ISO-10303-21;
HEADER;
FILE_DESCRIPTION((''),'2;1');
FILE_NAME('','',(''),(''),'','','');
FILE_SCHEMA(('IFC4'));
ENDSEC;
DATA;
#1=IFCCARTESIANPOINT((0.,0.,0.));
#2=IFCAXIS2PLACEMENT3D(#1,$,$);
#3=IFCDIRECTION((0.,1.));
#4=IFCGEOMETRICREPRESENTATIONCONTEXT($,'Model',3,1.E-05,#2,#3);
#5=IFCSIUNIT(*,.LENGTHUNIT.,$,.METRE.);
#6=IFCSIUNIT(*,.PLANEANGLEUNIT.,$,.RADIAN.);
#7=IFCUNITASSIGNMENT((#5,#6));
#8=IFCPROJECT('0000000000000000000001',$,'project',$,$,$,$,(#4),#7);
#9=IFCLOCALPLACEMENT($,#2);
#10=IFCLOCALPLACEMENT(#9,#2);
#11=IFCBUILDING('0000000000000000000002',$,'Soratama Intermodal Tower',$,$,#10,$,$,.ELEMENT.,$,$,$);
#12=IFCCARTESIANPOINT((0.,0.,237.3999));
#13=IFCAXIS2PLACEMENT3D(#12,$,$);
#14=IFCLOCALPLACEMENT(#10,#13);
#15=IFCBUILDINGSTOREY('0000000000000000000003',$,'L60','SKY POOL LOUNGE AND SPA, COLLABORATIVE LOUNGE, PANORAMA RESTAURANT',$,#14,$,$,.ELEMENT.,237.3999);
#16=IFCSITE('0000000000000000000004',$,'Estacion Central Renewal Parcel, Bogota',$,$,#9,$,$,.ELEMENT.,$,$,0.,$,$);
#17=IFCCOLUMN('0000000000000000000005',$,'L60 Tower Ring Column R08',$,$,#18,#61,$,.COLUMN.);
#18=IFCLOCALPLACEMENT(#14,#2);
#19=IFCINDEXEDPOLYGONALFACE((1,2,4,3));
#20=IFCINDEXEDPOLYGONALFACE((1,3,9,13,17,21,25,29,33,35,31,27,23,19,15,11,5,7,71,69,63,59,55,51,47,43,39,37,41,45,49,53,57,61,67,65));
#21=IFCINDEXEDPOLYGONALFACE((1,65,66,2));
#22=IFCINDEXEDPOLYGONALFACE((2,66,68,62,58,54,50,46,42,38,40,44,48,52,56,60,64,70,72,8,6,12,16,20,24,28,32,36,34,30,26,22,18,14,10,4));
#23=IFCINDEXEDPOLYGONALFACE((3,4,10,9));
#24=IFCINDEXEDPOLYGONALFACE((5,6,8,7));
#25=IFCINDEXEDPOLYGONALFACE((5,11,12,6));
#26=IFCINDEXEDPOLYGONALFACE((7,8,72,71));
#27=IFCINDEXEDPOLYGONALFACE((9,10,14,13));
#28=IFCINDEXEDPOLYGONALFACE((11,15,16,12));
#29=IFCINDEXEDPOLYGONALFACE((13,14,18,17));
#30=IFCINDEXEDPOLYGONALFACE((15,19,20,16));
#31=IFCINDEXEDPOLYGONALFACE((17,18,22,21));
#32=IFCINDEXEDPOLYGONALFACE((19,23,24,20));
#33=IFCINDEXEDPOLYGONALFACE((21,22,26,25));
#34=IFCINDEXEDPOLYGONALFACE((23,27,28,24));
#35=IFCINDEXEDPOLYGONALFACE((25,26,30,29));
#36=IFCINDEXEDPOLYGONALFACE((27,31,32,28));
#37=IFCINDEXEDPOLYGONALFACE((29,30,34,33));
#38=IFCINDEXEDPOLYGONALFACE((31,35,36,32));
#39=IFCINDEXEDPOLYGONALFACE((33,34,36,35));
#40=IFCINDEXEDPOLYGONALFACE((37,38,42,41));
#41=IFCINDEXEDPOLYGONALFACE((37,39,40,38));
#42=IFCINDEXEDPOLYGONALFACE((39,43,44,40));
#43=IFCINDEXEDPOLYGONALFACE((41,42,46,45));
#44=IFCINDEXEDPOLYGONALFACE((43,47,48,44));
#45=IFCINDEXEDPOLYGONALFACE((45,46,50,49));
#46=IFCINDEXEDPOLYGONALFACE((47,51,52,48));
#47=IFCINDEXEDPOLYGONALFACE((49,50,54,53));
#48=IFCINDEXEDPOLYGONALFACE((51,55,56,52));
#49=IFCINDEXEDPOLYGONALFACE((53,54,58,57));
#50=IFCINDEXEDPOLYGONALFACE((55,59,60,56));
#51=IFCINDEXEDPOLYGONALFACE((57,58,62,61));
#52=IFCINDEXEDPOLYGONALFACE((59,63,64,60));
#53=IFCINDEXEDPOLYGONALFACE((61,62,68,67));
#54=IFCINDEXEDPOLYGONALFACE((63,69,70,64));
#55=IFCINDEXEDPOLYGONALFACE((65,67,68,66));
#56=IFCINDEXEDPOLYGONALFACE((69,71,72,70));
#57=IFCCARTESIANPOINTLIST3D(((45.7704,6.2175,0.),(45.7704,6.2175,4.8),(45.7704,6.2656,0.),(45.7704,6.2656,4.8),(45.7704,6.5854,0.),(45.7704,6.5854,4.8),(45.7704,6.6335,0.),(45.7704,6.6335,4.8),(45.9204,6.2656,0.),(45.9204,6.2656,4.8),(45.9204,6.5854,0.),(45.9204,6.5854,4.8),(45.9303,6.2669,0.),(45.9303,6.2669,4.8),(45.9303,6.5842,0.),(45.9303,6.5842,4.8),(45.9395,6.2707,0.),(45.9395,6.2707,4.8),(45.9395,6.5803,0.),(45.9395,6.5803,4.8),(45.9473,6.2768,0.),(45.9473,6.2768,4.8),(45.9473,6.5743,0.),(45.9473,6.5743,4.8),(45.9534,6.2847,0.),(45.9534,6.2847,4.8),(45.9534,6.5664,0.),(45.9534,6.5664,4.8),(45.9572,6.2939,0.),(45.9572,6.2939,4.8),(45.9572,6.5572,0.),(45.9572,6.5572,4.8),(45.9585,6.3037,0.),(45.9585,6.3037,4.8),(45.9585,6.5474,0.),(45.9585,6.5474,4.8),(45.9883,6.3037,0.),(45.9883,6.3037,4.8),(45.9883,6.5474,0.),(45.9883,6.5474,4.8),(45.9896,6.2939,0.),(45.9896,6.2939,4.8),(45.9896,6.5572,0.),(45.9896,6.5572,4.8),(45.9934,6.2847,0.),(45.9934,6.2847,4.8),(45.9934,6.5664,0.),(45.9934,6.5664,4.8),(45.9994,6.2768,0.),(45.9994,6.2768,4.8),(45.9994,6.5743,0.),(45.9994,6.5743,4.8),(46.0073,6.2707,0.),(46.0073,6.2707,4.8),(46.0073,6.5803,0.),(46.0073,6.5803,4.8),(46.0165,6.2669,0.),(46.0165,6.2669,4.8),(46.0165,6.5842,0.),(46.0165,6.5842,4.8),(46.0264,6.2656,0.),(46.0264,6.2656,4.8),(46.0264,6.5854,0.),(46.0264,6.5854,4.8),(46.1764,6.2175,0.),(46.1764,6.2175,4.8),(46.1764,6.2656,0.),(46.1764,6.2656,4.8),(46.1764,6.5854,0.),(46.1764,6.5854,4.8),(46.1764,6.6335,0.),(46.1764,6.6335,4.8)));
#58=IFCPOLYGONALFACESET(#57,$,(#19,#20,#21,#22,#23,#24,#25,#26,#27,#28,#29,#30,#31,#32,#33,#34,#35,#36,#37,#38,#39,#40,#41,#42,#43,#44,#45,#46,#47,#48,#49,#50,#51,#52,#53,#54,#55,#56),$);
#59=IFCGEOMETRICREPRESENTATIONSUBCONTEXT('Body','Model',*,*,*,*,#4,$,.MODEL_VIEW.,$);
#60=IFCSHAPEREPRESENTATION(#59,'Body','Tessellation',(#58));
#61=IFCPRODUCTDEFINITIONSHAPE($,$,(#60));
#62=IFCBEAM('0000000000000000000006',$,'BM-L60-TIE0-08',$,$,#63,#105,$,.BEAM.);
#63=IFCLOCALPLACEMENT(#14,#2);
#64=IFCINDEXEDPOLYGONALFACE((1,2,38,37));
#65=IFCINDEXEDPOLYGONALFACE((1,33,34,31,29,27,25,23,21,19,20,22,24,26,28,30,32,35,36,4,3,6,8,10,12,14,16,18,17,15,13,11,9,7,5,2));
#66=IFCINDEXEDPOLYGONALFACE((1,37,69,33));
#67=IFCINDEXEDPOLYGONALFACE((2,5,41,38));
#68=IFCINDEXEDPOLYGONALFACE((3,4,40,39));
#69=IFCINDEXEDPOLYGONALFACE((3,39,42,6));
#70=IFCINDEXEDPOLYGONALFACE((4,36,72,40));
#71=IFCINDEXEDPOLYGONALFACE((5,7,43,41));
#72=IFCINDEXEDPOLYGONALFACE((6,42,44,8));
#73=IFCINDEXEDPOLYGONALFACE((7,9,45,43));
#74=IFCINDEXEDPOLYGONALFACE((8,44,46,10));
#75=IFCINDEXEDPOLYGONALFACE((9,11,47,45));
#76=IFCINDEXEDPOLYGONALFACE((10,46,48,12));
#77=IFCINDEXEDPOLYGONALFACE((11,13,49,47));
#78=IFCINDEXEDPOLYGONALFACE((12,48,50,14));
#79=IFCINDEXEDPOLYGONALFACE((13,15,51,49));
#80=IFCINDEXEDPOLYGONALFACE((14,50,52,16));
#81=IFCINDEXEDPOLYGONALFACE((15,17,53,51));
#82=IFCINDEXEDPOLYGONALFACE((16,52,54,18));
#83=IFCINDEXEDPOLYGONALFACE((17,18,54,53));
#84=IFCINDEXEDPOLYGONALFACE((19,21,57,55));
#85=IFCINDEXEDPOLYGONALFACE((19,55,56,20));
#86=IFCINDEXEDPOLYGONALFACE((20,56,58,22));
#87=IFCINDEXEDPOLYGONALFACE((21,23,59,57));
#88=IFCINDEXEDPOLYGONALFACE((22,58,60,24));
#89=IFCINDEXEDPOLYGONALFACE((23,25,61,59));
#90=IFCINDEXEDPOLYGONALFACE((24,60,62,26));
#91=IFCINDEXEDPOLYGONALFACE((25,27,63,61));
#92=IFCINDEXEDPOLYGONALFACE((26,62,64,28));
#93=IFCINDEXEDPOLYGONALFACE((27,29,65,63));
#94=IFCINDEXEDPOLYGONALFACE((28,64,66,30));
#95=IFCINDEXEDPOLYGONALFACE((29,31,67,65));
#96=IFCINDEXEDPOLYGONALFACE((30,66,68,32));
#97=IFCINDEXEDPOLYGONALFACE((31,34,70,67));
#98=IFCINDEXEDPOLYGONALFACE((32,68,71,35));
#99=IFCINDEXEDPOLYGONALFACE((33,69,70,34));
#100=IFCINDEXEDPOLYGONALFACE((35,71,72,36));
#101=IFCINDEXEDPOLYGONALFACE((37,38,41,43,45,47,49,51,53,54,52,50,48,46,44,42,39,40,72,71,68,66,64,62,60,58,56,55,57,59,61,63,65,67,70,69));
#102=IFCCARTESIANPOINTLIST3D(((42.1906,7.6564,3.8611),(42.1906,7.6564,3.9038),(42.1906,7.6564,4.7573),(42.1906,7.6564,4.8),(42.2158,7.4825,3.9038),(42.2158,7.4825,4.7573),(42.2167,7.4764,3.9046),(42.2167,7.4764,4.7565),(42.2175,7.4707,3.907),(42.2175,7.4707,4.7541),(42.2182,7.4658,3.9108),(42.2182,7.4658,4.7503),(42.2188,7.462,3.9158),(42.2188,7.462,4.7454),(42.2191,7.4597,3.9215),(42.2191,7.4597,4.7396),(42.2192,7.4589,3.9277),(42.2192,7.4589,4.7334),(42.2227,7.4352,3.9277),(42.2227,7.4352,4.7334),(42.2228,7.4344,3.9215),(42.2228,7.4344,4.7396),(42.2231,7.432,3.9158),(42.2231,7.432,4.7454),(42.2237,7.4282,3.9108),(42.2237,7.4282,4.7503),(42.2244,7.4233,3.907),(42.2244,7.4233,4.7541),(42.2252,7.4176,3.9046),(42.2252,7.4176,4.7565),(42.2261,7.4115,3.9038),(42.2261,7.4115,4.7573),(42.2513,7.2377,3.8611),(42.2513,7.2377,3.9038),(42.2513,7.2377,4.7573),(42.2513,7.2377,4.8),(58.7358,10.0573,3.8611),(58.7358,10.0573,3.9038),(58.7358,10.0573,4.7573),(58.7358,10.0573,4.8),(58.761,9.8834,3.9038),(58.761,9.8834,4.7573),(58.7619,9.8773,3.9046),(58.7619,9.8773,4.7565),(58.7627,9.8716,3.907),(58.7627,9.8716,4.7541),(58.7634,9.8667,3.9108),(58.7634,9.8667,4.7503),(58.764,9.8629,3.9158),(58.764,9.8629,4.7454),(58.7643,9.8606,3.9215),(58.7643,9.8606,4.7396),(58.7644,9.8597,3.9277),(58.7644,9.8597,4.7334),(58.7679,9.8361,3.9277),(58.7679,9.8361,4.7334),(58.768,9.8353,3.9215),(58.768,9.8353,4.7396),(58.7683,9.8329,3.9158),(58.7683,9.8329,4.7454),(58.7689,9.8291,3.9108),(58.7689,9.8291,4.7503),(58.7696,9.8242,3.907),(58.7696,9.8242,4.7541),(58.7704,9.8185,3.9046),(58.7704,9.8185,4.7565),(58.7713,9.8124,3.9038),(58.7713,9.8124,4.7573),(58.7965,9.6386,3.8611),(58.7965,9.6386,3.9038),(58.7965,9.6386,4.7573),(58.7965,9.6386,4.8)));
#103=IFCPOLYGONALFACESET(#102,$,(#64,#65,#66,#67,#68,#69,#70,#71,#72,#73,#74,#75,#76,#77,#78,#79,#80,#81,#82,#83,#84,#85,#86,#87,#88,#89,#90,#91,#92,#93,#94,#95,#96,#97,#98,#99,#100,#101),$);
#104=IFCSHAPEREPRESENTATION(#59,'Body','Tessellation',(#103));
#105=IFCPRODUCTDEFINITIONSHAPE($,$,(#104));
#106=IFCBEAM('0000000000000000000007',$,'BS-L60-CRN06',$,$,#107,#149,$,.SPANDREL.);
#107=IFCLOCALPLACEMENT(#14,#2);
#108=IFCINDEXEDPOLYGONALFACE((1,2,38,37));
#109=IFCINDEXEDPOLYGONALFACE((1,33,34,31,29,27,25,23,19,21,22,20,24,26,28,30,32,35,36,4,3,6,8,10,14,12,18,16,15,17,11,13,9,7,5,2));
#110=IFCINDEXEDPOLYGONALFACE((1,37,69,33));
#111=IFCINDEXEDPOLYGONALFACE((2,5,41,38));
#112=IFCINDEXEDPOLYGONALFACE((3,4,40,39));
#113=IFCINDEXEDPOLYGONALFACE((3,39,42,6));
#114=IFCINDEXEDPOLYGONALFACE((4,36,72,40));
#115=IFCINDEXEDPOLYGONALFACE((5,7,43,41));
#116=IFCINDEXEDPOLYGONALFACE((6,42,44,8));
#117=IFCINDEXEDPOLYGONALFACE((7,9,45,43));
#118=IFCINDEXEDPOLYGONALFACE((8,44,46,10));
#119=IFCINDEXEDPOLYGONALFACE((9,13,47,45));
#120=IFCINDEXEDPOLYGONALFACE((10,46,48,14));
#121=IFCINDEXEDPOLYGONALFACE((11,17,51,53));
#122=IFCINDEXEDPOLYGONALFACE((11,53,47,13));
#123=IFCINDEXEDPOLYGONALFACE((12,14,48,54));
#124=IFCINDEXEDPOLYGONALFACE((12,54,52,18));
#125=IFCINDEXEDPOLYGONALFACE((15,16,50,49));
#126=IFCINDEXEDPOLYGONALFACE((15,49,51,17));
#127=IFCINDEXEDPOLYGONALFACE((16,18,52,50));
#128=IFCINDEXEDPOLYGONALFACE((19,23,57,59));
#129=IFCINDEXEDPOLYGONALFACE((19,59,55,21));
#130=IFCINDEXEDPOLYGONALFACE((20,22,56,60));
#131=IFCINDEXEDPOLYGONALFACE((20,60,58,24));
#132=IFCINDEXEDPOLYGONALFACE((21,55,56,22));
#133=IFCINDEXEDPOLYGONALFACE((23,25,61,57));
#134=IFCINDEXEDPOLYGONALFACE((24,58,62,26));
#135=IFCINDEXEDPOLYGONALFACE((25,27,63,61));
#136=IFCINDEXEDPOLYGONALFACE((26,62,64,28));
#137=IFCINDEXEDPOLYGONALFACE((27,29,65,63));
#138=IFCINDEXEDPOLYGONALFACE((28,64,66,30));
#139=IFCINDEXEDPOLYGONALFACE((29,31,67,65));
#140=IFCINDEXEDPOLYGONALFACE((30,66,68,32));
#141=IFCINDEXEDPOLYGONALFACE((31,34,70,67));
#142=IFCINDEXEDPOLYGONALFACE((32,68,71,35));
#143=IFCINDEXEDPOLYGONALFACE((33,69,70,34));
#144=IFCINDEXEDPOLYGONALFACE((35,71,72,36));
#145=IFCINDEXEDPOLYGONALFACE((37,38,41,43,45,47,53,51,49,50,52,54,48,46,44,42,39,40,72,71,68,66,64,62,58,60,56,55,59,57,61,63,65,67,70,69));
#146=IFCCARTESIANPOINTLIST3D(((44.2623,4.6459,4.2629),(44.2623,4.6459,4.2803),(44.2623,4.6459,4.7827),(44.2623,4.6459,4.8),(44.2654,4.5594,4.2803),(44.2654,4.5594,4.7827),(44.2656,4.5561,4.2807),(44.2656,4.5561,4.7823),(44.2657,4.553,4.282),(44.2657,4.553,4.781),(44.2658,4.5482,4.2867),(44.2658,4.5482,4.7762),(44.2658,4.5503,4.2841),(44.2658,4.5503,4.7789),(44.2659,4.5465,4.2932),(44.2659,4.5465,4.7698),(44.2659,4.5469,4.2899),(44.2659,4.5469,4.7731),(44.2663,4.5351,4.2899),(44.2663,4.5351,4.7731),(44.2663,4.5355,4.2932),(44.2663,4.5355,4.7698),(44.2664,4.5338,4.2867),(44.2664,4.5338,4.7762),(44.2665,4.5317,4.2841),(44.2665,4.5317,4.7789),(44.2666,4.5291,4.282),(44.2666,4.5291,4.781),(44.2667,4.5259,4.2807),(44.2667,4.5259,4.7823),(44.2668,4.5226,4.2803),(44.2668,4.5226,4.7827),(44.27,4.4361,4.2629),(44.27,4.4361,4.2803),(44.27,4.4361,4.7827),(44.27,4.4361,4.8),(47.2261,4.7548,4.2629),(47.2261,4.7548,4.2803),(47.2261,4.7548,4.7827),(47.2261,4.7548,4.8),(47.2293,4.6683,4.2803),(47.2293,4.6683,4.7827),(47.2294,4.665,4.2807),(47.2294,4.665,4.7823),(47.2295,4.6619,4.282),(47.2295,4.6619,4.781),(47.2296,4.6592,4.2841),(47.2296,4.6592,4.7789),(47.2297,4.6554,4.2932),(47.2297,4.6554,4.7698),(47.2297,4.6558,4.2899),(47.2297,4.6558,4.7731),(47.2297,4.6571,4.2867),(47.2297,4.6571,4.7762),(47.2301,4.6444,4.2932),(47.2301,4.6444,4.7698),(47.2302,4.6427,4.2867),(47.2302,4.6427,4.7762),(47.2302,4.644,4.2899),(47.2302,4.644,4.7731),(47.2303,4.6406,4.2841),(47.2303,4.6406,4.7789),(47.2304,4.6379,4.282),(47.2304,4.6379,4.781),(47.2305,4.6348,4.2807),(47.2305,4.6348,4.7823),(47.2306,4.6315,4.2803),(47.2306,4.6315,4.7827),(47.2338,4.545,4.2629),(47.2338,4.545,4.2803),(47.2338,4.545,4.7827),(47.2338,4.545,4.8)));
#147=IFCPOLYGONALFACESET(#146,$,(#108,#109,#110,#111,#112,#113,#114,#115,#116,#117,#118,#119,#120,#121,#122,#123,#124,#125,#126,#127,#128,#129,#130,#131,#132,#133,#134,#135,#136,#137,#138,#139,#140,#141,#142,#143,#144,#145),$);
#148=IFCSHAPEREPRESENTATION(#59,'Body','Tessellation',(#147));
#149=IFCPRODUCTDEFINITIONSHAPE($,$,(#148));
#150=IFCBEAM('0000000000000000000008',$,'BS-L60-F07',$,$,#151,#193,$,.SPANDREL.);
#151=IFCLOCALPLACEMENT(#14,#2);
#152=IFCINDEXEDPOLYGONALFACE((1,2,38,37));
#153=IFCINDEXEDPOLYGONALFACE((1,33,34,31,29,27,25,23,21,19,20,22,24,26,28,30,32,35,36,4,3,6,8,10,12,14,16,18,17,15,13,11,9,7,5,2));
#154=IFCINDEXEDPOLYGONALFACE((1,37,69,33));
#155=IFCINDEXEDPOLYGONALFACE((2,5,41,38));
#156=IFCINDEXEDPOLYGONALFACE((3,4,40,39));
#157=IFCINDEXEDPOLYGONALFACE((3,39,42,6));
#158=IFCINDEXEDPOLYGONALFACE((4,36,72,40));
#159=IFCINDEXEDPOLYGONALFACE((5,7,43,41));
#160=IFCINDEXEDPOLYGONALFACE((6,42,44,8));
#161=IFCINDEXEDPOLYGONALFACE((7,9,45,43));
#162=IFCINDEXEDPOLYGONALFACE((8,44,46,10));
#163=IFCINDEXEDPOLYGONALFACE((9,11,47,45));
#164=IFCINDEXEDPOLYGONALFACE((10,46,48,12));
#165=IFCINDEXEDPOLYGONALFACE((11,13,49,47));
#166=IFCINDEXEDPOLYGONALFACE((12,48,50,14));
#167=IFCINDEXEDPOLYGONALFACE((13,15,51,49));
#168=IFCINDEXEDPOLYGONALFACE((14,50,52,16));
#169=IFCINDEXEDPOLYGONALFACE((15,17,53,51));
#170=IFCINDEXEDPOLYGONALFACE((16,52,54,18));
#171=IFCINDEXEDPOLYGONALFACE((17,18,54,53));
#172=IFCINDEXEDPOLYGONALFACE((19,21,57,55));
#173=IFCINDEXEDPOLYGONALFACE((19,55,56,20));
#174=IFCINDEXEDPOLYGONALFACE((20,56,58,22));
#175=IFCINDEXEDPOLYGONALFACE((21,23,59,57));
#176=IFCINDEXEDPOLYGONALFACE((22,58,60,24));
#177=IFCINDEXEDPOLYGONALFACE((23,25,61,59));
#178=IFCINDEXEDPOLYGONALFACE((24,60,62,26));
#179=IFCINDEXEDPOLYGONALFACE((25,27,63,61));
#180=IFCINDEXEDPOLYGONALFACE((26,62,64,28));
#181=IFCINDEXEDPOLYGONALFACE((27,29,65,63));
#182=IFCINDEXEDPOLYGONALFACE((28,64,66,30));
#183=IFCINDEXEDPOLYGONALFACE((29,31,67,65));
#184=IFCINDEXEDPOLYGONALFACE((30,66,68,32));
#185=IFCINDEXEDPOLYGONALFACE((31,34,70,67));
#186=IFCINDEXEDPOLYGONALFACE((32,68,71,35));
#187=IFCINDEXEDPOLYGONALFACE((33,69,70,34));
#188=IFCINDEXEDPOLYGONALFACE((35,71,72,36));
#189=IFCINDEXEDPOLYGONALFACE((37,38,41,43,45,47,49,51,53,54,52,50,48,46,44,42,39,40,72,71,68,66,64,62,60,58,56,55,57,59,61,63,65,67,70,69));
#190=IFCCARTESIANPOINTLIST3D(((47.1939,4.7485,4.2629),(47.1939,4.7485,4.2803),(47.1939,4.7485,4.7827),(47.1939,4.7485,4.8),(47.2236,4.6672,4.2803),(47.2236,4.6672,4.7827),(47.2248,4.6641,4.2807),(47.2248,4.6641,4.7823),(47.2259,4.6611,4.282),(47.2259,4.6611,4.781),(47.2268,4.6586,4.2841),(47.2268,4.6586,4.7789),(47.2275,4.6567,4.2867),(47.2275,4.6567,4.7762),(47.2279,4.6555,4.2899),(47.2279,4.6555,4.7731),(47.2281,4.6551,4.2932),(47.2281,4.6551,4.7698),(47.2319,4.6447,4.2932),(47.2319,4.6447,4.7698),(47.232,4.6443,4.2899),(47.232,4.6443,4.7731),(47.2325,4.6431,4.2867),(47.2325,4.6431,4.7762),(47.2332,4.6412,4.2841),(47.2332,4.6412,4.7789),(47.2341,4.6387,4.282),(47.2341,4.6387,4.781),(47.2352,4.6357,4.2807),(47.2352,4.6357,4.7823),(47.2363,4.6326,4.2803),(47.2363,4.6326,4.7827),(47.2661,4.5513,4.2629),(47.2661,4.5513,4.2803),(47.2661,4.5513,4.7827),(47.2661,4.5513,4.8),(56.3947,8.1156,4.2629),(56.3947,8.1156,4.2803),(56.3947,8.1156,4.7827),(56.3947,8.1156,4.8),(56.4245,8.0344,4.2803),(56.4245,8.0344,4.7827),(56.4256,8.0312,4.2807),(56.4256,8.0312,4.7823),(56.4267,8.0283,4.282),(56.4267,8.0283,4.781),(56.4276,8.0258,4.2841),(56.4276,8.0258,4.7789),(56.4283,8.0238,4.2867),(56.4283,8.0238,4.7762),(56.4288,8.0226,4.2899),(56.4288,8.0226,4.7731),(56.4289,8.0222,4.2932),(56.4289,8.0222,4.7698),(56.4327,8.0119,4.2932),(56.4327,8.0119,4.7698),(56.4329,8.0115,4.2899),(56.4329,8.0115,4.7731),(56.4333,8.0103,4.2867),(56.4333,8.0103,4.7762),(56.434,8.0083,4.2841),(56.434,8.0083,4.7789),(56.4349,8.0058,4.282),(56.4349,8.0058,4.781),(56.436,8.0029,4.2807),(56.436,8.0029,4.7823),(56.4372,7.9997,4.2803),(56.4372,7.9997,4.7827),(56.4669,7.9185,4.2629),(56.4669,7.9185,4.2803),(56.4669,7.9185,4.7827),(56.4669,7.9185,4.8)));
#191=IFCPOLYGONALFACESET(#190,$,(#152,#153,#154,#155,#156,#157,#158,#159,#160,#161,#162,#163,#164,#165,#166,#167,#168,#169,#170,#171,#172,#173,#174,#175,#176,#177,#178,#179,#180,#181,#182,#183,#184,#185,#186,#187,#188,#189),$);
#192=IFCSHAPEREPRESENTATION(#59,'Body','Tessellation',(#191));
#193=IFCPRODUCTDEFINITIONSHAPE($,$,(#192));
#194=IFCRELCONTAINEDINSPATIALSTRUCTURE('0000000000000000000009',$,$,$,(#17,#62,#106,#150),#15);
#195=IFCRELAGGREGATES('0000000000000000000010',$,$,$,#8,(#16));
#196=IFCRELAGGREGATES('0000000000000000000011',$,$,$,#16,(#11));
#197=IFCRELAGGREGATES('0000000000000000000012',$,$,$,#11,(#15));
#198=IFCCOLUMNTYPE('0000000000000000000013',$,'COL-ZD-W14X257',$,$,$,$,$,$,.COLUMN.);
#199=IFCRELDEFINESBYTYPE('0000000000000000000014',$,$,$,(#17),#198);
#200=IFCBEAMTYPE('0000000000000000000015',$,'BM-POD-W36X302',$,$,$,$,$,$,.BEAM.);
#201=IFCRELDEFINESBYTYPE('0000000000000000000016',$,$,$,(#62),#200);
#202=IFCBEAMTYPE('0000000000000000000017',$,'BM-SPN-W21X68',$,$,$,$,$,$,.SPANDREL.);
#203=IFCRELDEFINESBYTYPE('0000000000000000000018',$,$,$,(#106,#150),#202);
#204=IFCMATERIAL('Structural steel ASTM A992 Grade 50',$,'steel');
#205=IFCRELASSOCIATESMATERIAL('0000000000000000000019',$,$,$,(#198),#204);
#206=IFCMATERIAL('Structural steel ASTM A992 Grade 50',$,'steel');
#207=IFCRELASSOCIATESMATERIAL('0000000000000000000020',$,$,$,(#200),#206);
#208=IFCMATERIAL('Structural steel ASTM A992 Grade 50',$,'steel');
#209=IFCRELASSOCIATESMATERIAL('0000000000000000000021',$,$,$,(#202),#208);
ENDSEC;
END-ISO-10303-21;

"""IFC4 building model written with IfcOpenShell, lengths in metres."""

from ifc_helpers import new_model, si_unit, direction, frame, origin, origin_2d, place, context, subcontext, project, spatial, i_section, extrude, material, material_profile, profile_set, type_object, element, save


model = new_model("IFC4")

# Units and contexts
model_context = context("Model", 3, precision=1e-05, world=origin(), true_north=direction((0.0, 1.0)))
body_context = subcontext(model_context, "Body", "Model", "MODEL_VIEW")
ifc_project = project(units=[si_unit("LENGTHUNIT", "METRE"), si_unit("PLANEANGLEUNIT", "RADIAN")], contexts=[model_context])

# Site, building, storey
site_placement = place(None, origin())
site = spatial("IfcSite", under=ifc_project, at=site_placement, Name="Estacion Central Renewal Parcel, Bogota", CompositionType="ELEMENT", RefElevation=0.0)
building_placement = place(site_placement, origin())
building = spatial("IfcBuilding", under=site, at=building_placement, Name="Soratama Intermodal Tower", CompositionType="ELEMENT")
storey_placement = place(building_placement, frame((0.0, 0.0, 237.3999)))
storey = spatial("IfcBuildingStorey", under=building, at=storey_placement, Name="L60", Description="SKY POOL LOUNGE AND SPA, COLLABORATIVE LOUNGE, PANORAMA RESTAURANT", CompositionType="ELEMENT", Elevation=237.3999)

# Column
ifc_material_1 = material(Name="Structural steel ASTM A992 Grade 50", Category="steel")
ifc_material_profile_1 = material_profile(ifc_material_1, i_section(OverallWidth=0.406, OverallDepth=0.416, WebThickness=0.0298, FlangeThickness=0.0481, FilletRadius=0.0381, at=origin_2d()), Name="W14X257")
ifc_profile_set_1 = profile_set([ifc_material_profile_1], Name="Structural steel ASTM A992 Grade 50")
column_type = type_object("IfcColumnType", Name="COL-ZD-W14X257", PredefinedType="COLUMN", material=ifc_profile_set_1)
column_placement = place(storey_placement, frame((45.9734, 6.4255, 0.0), z_axis=(0.0, 0.0, 1.0), x_axis=(1.0, 0.0, 0.0)))
element("IfcColumn", 1, at=column_placement, inside=storey, type_object=column_type, Name="L60 Tower Ring Column R08", PredefinedType="COLUMN", context=body_context, shape_type="SweptSolid", body=[
    extrude(i_section(OverallWidth=0.406, OverallDepth=0.416, WebThickness=0.0298, FlangeThickness=0.0481, FilletRadius=0.0381, at=origin_2d()), origin(), (0.0, 0.0, 1.0), 4.8),
])

# Beams
ifc_material_2 = material(Name="Structural steel ASTM A992 Grade 50", Category="steel")
ifc_material_profile_2 = material_profile(ifc_material_2, i_section(OverallWidth=0.4231, OverallDepth=0.939, WebThickness=0.0239, FlangeThickness=0.0427, FilletRadius=0.0239, at=origin_2d()), Name="W36X302")
ifc_profile_set_2 = profile_set([ifc_material_profile_2], Name="Structural steel ASTM A992 Grade 50")
beam_type_1 = type_object("IfcBeamType", Name="BM-POD-W36X302", PredefinedType="BEAM", material=ifc_profile_set_2)
beam_1_placement = place(storey_placement, frame((42.2209, 7.447, 4.3306), z_axis=(0.989635, 0.143607, 0.0), x_axis=(-0.143607, 0.989635, 0.0)))
element("IfcBeam", 2, at=beam_1_placement, inside=storey, type_object=beam_type_1, Name="BM-L60-TIE0-08", PredefinedType="BEAM", context=body_context, shape_type="SweptSolid", body=[
    extrude(i_section(OverallWidth=0.4231, OverallDepth=0.939, WebThickness=0.0239, FlangeThickness=0.0427, FilletRadius=0.0239, at=origin_2d()), origin(), (0.0, 0.0, 1.0), 16.7185),
])
ifc_material_3 = material(Name="Structural steel ASTM A992 Grade 50", Category="steel")
ifc_material_profile_3 = material_profile(ifc_material_3, i_section(OverallWidth=0.21, OverallDepth=0.5371, WebThickness=0.011, FlangeThickness=0.0173, FilletRadius=0.0129, at=origin_2d()), Name="W21X68")
ifc_profile_set_3 = profile_set([ifc_material_profile_3], Name="Structural steel ASTM A992 Grade 50")
beam_type_2 = type_object("IfcBeamType", Name="BM-SPN-W21X68", PredefinedType="SPANDREL", material=ifc_profile_set_3)
beam_2_placement = place(storey_placement, frame((44.2661, 4.541, 4.5315), z_axis=(0.999326, 0.036713, 0.0), x_axis=(-0.036713, 0.999326, 0.0)))
element("IfcBeam", 3, at=beam_2_placement, inside=storey, type_object=beam_type_2, Name="BS-L60-CRN06", PredefinedType="SPANDREL", context=body_context, shape_type="SweptSolid", body=[
    extrude(i_section(OverallWidth=0.21, OverallDepth=0.5371, WebThickness=0.011, FlangeThickness=0.0173, FilletRadius=0.0129, at=origin_2d()), origin(), (0.0, 0.0, 1.0), 2.9658),
])
beam_3_placement = place(storey_placement, frame((47.23, 4.6499, 4.5315), z_axis=(0.93909, 0.343671, 0.0), x_axis=(-0.343671, 0.93909, 0.0)))
element("IfcBeam", 4, at=beam_3_placement, inside=storey, type_object=beam_type_2, Name="BS-L60-F07", PredefinedType="SPANDREL", context=body_context, shape_type="SweptSolid", body=[
    extrude(i_section(OverallWidth=0.21, OverallDepth=0.5371, WebThickness=0.011, FlangeThickness=0.0173, FilletRadius=0.0129, at=origin_2d()), origin(), (0.0, 0.0, 1.0), 9.7976),
])

save(model, "model.ifc")
